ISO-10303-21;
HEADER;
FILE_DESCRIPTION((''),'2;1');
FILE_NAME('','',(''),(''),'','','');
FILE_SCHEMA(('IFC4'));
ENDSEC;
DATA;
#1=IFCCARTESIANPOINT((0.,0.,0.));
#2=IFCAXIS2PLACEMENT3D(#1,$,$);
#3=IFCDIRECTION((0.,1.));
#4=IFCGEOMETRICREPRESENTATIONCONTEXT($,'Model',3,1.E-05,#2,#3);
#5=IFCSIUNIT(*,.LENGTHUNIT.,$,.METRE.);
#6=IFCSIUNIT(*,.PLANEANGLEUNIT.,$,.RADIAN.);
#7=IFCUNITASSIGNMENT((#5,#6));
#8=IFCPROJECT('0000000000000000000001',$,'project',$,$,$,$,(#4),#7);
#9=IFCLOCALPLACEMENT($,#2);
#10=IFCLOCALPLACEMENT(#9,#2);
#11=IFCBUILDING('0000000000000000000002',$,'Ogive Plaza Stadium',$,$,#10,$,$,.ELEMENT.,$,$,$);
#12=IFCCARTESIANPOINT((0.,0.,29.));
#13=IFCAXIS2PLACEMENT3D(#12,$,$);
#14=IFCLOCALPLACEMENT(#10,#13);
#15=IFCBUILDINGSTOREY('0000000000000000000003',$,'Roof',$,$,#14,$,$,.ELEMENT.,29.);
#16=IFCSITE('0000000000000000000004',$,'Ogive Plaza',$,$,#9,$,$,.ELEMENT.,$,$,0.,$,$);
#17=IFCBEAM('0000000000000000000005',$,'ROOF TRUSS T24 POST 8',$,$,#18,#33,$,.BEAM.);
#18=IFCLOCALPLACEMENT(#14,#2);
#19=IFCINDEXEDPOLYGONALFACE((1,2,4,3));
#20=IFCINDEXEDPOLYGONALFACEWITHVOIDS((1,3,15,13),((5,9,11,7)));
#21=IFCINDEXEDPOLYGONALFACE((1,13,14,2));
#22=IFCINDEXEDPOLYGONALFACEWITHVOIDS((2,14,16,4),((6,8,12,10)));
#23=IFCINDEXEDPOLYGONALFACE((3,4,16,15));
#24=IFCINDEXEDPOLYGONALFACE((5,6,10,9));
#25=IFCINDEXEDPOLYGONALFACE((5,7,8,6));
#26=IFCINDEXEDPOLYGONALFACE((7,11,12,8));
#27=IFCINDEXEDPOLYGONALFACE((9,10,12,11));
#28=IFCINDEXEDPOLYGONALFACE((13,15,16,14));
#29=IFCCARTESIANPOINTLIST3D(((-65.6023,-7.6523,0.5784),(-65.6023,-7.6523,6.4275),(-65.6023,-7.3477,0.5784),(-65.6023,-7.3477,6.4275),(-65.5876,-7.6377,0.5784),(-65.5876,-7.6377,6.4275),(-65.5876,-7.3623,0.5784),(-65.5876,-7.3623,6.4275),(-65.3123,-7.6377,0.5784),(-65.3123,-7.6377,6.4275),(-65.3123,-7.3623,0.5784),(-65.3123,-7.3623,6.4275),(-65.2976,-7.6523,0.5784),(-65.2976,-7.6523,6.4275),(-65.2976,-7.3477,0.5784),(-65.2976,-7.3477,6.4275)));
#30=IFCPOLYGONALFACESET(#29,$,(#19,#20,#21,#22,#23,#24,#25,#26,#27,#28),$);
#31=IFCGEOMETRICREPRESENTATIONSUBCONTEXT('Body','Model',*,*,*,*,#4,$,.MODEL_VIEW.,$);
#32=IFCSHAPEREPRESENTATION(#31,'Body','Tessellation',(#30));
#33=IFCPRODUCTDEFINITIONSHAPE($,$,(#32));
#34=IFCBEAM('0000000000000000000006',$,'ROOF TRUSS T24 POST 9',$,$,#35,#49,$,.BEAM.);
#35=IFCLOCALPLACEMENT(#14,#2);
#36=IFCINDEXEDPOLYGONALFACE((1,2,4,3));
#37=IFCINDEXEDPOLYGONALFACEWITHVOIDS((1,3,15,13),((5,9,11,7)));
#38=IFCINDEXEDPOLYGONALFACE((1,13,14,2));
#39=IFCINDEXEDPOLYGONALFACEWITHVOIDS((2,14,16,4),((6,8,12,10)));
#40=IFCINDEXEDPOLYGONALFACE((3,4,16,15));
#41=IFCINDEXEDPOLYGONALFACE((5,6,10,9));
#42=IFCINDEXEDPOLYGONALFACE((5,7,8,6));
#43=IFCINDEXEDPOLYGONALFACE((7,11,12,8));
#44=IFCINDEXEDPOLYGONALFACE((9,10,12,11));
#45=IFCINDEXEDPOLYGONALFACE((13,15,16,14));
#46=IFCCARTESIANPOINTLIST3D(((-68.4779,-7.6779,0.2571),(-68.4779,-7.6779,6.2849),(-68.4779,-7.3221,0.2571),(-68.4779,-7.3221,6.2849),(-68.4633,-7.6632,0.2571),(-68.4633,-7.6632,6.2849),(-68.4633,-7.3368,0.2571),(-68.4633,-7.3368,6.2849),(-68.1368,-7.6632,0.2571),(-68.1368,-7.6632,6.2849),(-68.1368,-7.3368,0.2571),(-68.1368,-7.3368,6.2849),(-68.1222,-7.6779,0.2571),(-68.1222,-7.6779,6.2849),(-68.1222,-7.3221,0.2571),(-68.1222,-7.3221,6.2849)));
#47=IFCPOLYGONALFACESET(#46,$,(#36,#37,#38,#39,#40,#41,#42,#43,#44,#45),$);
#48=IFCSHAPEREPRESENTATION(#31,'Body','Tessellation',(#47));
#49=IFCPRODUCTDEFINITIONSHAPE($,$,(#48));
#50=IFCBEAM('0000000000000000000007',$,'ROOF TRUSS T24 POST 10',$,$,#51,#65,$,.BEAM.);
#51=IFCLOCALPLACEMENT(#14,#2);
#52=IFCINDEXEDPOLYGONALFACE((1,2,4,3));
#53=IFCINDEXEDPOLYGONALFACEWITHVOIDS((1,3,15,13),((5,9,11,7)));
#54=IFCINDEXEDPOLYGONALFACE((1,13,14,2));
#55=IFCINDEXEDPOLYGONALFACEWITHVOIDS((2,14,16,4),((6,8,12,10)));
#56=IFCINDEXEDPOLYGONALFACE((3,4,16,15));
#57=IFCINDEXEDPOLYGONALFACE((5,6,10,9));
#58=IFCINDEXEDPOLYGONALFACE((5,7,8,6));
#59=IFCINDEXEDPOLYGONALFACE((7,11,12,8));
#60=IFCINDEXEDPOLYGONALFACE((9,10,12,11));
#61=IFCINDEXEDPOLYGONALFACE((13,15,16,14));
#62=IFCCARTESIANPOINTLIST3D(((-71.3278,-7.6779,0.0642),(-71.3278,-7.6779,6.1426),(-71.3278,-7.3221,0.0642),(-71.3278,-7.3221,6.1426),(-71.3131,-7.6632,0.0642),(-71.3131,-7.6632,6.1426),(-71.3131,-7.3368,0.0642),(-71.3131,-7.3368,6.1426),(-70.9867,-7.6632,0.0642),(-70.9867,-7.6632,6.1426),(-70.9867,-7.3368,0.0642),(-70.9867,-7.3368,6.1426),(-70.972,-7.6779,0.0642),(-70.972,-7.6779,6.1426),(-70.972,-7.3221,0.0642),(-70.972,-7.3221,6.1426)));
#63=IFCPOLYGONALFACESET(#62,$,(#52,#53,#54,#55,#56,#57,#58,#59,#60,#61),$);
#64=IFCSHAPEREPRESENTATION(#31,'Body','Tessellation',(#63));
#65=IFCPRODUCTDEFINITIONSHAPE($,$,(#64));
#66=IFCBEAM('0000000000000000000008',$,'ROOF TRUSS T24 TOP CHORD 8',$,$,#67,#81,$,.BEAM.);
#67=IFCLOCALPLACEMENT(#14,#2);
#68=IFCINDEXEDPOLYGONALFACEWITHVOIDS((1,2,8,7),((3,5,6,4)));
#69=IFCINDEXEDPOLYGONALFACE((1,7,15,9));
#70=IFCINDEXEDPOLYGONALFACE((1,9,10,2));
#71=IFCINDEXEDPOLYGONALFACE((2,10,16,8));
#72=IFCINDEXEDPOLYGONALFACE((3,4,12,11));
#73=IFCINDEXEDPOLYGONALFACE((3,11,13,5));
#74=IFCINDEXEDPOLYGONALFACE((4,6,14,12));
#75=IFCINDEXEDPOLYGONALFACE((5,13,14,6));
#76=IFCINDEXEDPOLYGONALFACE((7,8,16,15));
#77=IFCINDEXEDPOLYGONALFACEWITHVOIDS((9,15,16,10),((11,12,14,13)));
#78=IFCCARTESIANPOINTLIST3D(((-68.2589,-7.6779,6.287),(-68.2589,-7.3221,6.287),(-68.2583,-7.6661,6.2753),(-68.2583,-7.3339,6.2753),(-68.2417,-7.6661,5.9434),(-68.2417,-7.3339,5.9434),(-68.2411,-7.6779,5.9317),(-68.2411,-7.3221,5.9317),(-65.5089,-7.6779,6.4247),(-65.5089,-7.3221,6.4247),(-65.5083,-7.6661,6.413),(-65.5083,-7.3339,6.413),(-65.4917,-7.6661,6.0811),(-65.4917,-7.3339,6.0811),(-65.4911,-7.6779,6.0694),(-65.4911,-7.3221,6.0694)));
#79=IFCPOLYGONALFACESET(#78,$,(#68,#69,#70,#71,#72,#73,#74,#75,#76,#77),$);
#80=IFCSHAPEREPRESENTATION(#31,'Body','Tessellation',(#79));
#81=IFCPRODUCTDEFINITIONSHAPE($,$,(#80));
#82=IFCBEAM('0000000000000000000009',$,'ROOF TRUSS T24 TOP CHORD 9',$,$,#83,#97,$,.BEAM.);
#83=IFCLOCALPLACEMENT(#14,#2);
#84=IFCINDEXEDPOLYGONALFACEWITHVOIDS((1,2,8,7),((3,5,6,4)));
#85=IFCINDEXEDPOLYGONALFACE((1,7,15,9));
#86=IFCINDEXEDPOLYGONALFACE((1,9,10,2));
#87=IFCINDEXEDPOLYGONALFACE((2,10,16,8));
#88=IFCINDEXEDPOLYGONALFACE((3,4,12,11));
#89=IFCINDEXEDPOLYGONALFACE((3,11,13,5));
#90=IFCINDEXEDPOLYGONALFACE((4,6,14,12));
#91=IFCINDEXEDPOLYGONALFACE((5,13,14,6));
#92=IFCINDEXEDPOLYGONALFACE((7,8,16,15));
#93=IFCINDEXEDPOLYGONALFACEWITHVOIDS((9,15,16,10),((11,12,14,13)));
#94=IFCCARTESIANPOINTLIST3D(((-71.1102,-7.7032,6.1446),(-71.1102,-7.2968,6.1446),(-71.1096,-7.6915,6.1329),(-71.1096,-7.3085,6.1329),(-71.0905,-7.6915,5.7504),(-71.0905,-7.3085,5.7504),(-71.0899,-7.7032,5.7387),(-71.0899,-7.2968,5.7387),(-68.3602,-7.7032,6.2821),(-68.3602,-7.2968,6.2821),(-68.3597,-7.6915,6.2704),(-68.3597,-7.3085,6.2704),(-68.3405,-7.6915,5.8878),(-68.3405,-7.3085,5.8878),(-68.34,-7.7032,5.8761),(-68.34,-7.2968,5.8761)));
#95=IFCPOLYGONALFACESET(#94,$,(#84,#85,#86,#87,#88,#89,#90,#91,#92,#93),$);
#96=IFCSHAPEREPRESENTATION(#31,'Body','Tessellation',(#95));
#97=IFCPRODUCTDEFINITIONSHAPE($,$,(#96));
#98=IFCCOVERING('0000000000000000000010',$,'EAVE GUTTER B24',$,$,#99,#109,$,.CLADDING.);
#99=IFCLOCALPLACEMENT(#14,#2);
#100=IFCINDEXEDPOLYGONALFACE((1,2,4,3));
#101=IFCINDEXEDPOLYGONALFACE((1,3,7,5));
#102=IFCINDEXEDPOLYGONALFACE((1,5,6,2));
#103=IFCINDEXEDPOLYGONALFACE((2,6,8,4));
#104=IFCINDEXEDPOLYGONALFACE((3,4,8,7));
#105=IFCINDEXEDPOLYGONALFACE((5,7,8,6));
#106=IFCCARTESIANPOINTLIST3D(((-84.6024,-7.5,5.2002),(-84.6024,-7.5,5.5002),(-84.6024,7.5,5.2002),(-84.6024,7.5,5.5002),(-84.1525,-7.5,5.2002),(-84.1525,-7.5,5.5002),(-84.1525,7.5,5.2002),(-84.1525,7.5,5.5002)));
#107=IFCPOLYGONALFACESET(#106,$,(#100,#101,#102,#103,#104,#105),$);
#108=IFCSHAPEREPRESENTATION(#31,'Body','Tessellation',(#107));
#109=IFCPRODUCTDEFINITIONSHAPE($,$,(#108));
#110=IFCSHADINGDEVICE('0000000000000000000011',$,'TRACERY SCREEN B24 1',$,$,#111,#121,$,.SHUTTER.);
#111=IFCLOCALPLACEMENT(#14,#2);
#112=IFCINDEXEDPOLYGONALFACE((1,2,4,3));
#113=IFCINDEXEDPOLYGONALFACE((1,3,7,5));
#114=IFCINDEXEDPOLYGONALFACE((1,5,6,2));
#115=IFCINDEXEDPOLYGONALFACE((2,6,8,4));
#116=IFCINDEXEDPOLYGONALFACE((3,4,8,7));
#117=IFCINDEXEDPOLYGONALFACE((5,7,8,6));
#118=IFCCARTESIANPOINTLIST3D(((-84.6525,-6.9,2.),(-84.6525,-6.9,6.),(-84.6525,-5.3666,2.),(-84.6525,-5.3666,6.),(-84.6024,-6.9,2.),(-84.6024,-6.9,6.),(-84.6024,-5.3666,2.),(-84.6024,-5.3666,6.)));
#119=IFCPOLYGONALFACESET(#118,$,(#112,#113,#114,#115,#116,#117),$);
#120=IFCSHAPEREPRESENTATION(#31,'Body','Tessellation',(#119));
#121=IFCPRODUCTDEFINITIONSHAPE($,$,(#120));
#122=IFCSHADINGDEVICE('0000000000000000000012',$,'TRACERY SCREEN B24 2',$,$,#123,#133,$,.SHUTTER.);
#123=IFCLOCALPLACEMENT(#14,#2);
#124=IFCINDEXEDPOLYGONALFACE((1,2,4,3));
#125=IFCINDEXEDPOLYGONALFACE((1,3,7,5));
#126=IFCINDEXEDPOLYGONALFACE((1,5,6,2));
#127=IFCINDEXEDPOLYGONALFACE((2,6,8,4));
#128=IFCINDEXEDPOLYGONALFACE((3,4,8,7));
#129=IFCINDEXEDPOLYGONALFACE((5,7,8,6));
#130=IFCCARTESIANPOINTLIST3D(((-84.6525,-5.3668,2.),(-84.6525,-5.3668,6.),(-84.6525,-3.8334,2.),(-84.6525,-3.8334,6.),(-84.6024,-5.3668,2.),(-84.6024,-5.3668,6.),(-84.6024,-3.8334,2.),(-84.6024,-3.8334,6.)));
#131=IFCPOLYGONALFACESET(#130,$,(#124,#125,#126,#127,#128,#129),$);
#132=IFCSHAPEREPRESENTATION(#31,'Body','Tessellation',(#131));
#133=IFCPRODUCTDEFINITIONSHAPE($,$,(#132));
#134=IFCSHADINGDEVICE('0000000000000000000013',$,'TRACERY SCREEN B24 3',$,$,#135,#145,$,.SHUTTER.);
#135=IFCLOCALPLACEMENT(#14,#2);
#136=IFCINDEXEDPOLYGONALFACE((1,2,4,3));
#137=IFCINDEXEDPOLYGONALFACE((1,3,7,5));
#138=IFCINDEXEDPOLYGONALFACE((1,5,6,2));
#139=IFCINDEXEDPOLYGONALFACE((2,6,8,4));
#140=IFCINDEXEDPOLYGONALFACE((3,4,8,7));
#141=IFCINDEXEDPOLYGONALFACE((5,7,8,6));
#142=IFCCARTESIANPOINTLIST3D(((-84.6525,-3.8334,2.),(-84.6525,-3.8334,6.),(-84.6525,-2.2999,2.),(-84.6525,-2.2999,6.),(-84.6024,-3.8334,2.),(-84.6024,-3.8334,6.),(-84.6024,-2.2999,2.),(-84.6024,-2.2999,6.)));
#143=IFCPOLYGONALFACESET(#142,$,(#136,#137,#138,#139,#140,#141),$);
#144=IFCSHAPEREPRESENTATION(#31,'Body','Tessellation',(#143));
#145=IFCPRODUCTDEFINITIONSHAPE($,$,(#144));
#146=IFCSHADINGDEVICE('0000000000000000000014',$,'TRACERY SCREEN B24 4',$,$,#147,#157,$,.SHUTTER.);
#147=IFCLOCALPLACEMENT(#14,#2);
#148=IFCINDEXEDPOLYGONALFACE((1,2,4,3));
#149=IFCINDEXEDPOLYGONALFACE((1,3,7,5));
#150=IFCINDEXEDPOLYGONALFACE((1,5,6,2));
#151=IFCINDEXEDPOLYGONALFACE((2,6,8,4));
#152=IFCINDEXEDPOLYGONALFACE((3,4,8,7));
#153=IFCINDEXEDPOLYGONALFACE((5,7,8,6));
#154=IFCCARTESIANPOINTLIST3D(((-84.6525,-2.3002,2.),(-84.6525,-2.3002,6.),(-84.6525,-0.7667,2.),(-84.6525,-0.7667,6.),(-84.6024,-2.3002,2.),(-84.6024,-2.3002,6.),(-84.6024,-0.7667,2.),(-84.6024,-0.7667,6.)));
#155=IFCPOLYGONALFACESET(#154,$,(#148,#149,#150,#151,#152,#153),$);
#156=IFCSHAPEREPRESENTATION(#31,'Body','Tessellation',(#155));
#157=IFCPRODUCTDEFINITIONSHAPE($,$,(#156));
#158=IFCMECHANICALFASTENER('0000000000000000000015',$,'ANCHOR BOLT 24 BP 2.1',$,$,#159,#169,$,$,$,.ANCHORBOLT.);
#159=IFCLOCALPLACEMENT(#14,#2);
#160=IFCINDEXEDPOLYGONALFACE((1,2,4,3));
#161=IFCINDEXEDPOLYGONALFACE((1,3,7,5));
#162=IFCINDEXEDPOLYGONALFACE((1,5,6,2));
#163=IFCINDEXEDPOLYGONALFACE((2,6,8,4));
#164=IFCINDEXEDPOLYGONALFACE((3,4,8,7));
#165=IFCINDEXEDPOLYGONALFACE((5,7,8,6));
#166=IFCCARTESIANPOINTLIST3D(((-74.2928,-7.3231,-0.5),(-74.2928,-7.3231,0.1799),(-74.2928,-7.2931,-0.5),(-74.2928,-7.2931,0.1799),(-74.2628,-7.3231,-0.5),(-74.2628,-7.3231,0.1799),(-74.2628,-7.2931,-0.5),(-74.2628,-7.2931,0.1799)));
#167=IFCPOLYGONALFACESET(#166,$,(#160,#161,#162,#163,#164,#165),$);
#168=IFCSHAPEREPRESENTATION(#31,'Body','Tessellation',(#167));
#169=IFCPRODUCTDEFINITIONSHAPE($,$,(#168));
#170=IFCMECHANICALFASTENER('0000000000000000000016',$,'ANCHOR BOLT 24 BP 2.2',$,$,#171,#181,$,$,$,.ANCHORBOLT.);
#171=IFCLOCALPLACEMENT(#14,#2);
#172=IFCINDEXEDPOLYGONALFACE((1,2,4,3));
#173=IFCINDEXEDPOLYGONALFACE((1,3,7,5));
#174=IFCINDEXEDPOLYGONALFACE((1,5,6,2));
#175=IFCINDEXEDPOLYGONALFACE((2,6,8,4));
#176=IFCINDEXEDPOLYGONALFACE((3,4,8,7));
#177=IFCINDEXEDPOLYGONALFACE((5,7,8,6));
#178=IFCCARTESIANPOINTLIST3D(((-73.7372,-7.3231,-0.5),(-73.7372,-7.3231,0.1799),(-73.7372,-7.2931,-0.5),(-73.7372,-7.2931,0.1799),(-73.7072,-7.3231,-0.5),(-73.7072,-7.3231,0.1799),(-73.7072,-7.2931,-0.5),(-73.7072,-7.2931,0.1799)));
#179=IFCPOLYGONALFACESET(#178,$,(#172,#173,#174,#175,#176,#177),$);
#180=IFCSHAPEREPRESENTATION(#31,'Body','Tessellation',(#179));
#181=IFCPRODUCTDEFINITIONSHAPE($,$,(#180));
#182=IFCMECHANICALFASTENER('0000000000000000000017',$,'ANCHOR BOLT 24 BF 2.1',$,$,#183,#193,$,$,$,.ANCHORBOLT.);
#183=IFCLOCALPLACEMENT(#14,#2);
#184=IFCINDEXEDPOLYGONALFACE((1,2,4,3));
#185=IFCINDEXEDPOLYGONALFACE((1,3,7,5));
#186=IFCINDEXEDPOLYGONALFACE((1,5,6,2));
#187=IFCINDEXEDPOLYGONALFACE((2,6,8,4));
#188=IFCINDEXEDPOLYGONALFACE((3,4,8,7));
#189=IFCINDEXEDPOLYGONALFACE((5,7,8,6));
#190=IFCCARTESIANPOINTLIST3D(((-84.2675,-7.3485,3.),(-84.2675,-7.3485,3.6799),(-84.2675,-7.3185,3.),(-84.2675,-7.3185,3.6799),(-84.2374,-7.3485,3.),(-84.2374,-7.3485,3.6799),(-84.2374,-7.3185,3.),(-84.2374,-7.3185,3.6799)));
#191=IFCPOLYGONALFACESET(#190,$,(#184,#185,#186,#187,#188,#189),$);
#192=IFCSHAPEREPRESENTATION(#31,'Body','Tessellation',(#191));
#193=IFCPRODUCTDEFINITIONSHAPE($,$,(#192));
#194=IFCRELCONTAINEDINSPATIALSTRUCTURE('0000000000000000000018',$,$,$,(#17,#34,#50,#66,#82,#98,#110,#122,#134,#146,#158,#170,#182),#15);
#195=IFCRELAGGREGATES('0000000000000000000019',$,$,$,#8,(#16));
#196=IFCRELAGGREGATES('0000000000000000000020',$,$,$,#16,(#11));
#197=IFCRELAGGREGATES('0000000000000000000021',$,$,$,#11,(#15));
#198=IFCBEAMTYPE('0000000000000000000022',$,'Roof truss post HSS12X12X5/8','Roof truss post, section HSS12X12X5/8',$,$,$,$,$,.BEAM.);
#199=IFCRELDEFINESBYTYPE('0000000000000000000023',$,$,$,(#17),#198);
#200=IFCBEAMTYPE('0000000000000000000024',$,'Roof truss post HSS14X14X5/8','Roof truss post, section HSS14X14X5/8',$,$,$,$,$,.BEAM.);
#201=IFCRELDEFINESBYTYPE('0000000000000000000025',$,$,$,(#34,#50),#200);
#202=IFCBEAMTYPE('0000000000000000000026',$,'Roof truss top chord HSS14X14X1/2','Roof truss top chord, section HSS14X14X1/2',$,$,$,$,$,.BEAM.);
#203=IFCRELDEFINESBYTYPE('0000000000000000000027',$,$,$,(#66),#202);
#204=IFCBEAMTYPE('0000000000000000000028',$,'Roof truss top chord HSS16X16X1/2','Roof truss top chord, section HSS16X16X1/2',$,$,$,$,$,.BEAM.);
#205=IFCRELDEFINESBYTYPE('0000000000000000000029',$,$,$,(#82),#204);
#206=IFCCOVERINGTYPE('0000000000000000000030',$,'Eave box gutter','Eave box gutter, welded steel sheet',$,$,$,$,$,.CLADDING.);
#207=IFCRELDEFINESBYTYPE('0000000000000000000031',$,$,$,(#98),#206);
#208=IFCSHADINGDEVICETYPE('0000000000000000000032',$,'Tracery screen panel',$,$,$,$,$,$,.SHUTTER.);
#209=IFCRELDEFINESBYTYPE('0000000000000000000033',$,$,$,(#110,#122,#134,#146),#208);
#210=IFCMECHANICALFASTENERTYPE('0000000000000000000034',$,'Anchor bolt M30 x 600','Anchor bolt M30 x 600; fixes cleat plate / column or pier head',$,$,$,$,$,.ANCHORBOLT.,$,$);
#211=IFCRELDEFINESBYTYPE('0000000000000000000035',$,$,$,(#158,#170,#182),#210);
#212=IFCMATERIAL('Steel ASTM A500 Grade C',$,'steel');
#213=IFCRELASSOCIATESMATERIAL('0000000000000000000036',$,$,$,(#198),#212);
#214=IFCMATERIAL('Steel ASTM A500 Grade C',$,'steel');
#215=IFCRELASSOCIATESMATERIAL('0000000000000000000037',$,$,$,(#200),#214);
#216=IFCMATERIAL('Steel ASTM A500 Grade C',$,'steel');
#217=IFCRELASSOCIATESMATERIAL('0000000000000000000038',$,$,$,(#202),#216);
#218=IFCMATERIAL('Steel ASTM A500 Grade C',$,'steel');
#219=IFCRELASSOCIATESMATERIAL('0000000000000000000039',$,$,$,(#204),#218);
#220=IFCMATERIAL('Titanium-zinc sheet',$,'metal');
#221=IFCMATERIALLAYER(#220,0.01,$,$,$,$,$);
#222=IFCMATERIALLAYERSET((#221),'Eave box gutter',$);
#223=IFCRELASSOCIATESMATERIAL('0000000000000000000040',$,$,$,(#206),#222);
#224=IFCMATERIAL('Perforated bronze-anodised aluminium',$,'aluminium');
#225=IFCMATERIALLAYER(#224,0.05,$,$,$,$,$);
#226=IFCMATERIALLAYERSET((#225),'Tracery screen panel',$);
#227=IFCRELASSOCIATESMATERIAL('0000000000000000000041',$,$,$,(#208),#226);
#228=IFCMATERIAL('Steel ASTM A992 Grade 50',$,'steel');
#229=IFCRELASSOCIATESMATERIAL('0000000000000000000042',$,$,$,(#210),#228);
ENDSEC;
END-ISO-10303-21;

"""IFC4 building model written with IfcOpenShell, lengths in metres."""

from ifc_helpers import new_model, si_unit, direction, frame, origin, origin_2d, place, context, subcontext, project, spatial, rectangle, hollow_rectangle, extrude, material, layer, layer_set, material_profile, profile_set, type_object, element, save


model = new_model("IFC4")

# Units and contexts
model_context = context("Model", 3, precision=1e-05, world=origin(), true_north=direction((0.0, 1.0)))
body_context = subcontext(model_context, "Body", "Model", "MODEL_VIEW")
ifc_project = project(units=[si_unit("LENGTHUNIT", "METRE"), si_unit("PLANEANGLEUNIT", "RADIAN")], contexts=[model_context])

# Site, building, storey
site_placement = place(None, origin())
site = spatial("IfcSite", under=ifc_project, at=site_placement, Name="Ogive Plaza", CompositionType="ELEMENT", RefElevation=0.0)
building_placement = place(site_placement, origin())
building = spatial("IfcBuilding", under=site, at=building_placement, Name="Ogive Plaza Stadium", CompositionType="ELEMENT")
storey_placement = place(building_placement, frame((0.0, 0.0, 29.0)))
storey = spatial("IfcBuildingStorey", under=building, at=storey_placement, Name="Roof", CompositionType="ELEMENT", Elevation=29.0)

# Beams
ifc_material_1 = material(Name="Steel ASTM A500 Grade C", Category="steel")
ifc_material_profile_1 = material_profile(ifc_material_1, hollow_rectangle(XDim=0.3047, YDim=0.3047, WallThickness=0.0146, at=origin_2d()), Name="HSS12X12X5/8")
ifc_profile_set_1 = profile_set([ifc_material_profile_1], Name="Steel ASTM A500 Grade C")
beam_type_1 = type_object("IfcBeamType", Name="Roof truss post HSS12X12X5/8", Description="Roof truss post, section HSS12X12X5/8", PredefinedType="BEAM", material=ifc_profile_set_1)
beam_1_placement = place(storey_placement, frame((-65.45, -7.5, 0.5784), z_axis=(0.0, 0.0, 1.0), x_axis=(0.0, -1.0, 0.0)))
element("IfcBeam", 1, at=beam_1_placement, inside=storey, type_object=beam_type_1, Name="ROOF TRUSS T24 POST 8", PredefinedType="BEAM", context=body_context, shape_type="SweptSolid", body=[
    extrude(hollow_rectangle(XDim=0.3047, YDim=0.3047, WallThickness=0.0146, at=origin_2d()), origin(), (0.0, 0.0, 1.0), 5.8491),
])
ifc_material_2 = material(Name="Steel ASTM A500 Grade C", Category="steel")
ifc_material_profile_2 = material_profile(ifc_material_2, hollow_rectangle(XDim=0.3557, YDim=0.3557, WallThickness=0.0146, at=origin_2d()), Name="HSS14X14X5/8")
ifc_profile_set_2 = profile_set([ifc_material_profile_2], Name="Steel ASTM A500 Grade C")
beam_type_2 = type_object("IfcBeamType", Name="Roof truss post HSS14X14X5/8", Description="Roof truss post, section HSS14X14X5/8", PredefinedType="BEAM", material=ifc_profile_set_2)
beam_2_placement = place(storey_placement, frame((-68.3, -7.5, 0.2571), z_axis=(0.0, 0.0, 1.0), x_axis=(0.0, -1.0, 0.0)))
element("IfcBeam", 2, at=beam_2_placement, inside=storey, type_object=beam_type_2, Name="ROOF TRUSS T24 POST 9", PredefinedType="BEAM", context=body_context, shape_type="SweptSolid", body=[
    extrude(hollow_rectangle(XDim=0.3557, YDim=0.3557, WallThickness=0.0146, at=origin_2d()), origin(), (0.0, 0.0, 1.0), 6.0278),
])
beam_3_placement = place(storey_placement, frame((-71.1499, -7.5, 0.0642), z_axis=(0.0, 0.0, 1.0), x_axis=(0.0, -1.0, 0.0)))
element("IfcBeam", 3, at=beam_3_placement, inside=storey, type_object=beam_type_2, Name="ROOF TRUSS T24 POST 10", PredefinedType="BEAM", context=body_context, shape_type="SweptSolid", body=[
    extrude(hollow_rectangle(XDim=0.3557, YDim=0.3557, WallThickness=0.0146, at=origin_2d()), origin(), (0.0, 0.0, 1.0), 6.0784),
])
ifc_material_3 = material(Name="Steel ASTM A500 Grade C", Category="steel")
ifc_material_profile_3 = material_profile(ifc_material_3, hollow_rectangle(XDim=0.3557, YDim=0.3557, WallThickness=0.0117, at=origin_2d()), Name="HSS14X14X1/2")
ifc_profile_set_3 = profile_set([ifc_material_profile_3], Name="Steel ASTM A500 Grade C")
beam_type_3 = type_object("IfcBeamType", Name="Roof truss top chord HSS14X14X1/2", Description="Roof truss top chord, section HSS14X14X1/2", PredefinedType="BEAM", material=ifc_profile_set_3)
beam_4_placement = place(storey_placement, frame((-65.5, -7.5, 6.2471), z_axis=(-0.998749, 0.0, -0.050008), x_axis=(0.0, -1.0, 0.0)))
element("IfcBeam", 4, at=beam_4_placement, inside=storey, type_object=beam_type_3, Name="ROOF TRUSS T24 TOP CHORD 8", PredefinedType="BEAM", context=body_context, shape_type="SweptSolid", body=[
    extrude(hollow_rectangle(XDim=0.3557, YDim=0.3557, WallThickness=0.0117, at=origin_2d()), origin(), (0.0, 0.0, 1.0), 2.7534),
])
ifc_material_4 = material(Name="Steel ASTM A500 Grade C", Category="steel")
ifc_material_profile_4 = material_profile(ifc_material_4, hollow_rectangle(XDim=0.4065, YDim=0.4065, WallThickness=0.0117, at=origin_2d()), Name="HSS16X16X1/2")
ifc_profile_set_4 = profile_set([ifc_material_profile_4], Name="Steel ASTM A500 Grade C")
beam_type_4 = type_object("IfcBeamType", Name="Roof truss top chord HSS16X16X1/2", Description="Roof truss top chord, section HSS16X16X1/2", PredefinedType="BEAM", material=ifc_profile_set_4)
beam_5_placement = place(storey_placement, frame((-68.3501, -7.5, 6.0791), z_axis=(-0.998753, 0.0, -0.04992), x_axis=(0.0, -1.0, 0.0)))
element("IfcBeam", 5, at=beam_5_placement, inside=storey, type_object=beam_type_4, Name="ROOF TRUSS T24 TOP CHORD 9", PredefinedType="BEAM", context=body_context, shape_type="SweptSolid", body=[
    extrude(hollow_rectangle(XDim=0.4065, YDim=0.4065, WallThickness=0.0117, at=origin_2d()), origin(), (0.0, 0.0, 1.0), 2.7534),
])

# Covering
ifc_material_5 = material(Name="Titanium-zinc sheet", Category="metal")
ifc_layer_1 = layer(ifc_material_5, 0.01)
ifc_layer_set_1 = layer_set([ifc_layer_1], Name="Eave box gutter")
covering_type = type_object("IfcCoveringType", Name="Eave box gutter", Description="Eave box gutter, welded steel sheet", PredefinedType="CLADDING", material=ifc_layer_set_1)
covering_placement = place(storey_placement, frame((-84.3774, 0.0, 5.2002), z_axis=(0.0, 0.0, 1.0), x_axis=(0.0, 1.0, 0.0)))
element("IfcCovering", 6, at=covering_placement, inside=storey, type_object=covering_type, Name="EAVE GUTTER B24", PredefinedType="CLADDING", context=body_context, shape_type="SweptSolid", body=[
    extrude(rectangle(XDim=15.0, YDim=0.45, at=origin_2d()), origin(), (0.0, 0.0, 1.0), 0.3),
])

# Shading devices
ifc_material_6 = material(Name="Perforated bronze-anodised aluminium", Category="aluminium")
ifc_layer_2 = layer(ifc_material_6, 0.05)
ifc_layer_set_2 = layer_set([ifc_layer_2], Name="Tracery screen panel")
shading_device_type = type_object("IfcShadingDeviceType", Name="Tracery screen panel", PredefinedType="SHUTTER", material=ifc_layer_set_2)
for number, where, z_axis, x_axis, name in (
    (7, (-84.6274, -6.1333, 2.0), (0.0, 0.0, 1.0), (0.0, 1.0, 0.0), "TRACERY SCREEN B24 1"),
    (8, (-84.6274, -4.6001, 2.0), (0.0, 0.0, 1.0), (0.0, 1.0, 0.0), "TRACERY SCREEN B24 2"),
    (9, (-84.6274, -3.0667, 2.0), (0.0, 0.0, 1.0), (0.0, 1.0, 0.0), "TRACERY SCREEN B24 3"),
    (10, (-84.6274, -1.5334, 2.0), (0.0, 0.0, 1.0), (0.0, 1.0, 0.0), "TRACERY SCREEN B24 4"),
):
    element("IfcShadingDevice", number, at=place(storey_placement, frame(where, z_axis=z_axis, x_axis=x_axis)), inside=storey, type_object=shading_device_type, Name=name, PredefinedType="SHUTTER", context=body_context, shape_type="SweptSolid", body=[
        extrude(rectangle(XDim=1.5334, YDim=0.05, at=origin_2d()), origin(), (0.0, 0.0, 1.0), 4.0),
    ])

# Mechanical fasteners
ifc_material_7 = material(Name="Steel ASTM A992 Grade 50", Category="steel")
mechanical_fastener_type_1 = type_object("IfcMechanicalFastenerType", Name="Anchor bolt M30 x 600", Description="Anchor bolt M30 x 600; fixes cleat plate / column or pier head", PredefinedType="ANCHORBOLT", material=ifc_material_7)
for number, where, z_axis, x_axis, name in (
    (11, (-74.2778, -7.3081, -0.5), (0.0, 0.0, 1.0), (-1.0, 0.0, 0.0), "ANCHOR BOLT 24 BP 2.1"),
    (12, (-73.7222, -7.3081, -0.5), (0.0, 0.0, 1.0), (-1.0, 0.0, 0.0), "ANCHOR BOLT 24 BP 2.2"),
    (13, (-84.2524, -7.3335, 3.0), (0.0, 0.0, 1.0), (-1.0, 0.0, 0.0), "ANCHOR BOLT 24 BF 2.1"),
):
    element("IfcMechanicalFastener", number, at=place(storey_placement, frame(where, z_axis=z_axis, x_axis=x_axis)), inside=storey, type_object=mechanical_fastener_type_1, Name=name, PredefinedType="ANCHORBOLT", context=body_context, shape_type="SweptSolid", body=[
        extrude(rectangle(XDim=0.03, YDim=0.03, at=origin_2d()), origin(), (0.0, 0.0, 1.0), 0.6799),
    ])

save(model, "model.ifc")
